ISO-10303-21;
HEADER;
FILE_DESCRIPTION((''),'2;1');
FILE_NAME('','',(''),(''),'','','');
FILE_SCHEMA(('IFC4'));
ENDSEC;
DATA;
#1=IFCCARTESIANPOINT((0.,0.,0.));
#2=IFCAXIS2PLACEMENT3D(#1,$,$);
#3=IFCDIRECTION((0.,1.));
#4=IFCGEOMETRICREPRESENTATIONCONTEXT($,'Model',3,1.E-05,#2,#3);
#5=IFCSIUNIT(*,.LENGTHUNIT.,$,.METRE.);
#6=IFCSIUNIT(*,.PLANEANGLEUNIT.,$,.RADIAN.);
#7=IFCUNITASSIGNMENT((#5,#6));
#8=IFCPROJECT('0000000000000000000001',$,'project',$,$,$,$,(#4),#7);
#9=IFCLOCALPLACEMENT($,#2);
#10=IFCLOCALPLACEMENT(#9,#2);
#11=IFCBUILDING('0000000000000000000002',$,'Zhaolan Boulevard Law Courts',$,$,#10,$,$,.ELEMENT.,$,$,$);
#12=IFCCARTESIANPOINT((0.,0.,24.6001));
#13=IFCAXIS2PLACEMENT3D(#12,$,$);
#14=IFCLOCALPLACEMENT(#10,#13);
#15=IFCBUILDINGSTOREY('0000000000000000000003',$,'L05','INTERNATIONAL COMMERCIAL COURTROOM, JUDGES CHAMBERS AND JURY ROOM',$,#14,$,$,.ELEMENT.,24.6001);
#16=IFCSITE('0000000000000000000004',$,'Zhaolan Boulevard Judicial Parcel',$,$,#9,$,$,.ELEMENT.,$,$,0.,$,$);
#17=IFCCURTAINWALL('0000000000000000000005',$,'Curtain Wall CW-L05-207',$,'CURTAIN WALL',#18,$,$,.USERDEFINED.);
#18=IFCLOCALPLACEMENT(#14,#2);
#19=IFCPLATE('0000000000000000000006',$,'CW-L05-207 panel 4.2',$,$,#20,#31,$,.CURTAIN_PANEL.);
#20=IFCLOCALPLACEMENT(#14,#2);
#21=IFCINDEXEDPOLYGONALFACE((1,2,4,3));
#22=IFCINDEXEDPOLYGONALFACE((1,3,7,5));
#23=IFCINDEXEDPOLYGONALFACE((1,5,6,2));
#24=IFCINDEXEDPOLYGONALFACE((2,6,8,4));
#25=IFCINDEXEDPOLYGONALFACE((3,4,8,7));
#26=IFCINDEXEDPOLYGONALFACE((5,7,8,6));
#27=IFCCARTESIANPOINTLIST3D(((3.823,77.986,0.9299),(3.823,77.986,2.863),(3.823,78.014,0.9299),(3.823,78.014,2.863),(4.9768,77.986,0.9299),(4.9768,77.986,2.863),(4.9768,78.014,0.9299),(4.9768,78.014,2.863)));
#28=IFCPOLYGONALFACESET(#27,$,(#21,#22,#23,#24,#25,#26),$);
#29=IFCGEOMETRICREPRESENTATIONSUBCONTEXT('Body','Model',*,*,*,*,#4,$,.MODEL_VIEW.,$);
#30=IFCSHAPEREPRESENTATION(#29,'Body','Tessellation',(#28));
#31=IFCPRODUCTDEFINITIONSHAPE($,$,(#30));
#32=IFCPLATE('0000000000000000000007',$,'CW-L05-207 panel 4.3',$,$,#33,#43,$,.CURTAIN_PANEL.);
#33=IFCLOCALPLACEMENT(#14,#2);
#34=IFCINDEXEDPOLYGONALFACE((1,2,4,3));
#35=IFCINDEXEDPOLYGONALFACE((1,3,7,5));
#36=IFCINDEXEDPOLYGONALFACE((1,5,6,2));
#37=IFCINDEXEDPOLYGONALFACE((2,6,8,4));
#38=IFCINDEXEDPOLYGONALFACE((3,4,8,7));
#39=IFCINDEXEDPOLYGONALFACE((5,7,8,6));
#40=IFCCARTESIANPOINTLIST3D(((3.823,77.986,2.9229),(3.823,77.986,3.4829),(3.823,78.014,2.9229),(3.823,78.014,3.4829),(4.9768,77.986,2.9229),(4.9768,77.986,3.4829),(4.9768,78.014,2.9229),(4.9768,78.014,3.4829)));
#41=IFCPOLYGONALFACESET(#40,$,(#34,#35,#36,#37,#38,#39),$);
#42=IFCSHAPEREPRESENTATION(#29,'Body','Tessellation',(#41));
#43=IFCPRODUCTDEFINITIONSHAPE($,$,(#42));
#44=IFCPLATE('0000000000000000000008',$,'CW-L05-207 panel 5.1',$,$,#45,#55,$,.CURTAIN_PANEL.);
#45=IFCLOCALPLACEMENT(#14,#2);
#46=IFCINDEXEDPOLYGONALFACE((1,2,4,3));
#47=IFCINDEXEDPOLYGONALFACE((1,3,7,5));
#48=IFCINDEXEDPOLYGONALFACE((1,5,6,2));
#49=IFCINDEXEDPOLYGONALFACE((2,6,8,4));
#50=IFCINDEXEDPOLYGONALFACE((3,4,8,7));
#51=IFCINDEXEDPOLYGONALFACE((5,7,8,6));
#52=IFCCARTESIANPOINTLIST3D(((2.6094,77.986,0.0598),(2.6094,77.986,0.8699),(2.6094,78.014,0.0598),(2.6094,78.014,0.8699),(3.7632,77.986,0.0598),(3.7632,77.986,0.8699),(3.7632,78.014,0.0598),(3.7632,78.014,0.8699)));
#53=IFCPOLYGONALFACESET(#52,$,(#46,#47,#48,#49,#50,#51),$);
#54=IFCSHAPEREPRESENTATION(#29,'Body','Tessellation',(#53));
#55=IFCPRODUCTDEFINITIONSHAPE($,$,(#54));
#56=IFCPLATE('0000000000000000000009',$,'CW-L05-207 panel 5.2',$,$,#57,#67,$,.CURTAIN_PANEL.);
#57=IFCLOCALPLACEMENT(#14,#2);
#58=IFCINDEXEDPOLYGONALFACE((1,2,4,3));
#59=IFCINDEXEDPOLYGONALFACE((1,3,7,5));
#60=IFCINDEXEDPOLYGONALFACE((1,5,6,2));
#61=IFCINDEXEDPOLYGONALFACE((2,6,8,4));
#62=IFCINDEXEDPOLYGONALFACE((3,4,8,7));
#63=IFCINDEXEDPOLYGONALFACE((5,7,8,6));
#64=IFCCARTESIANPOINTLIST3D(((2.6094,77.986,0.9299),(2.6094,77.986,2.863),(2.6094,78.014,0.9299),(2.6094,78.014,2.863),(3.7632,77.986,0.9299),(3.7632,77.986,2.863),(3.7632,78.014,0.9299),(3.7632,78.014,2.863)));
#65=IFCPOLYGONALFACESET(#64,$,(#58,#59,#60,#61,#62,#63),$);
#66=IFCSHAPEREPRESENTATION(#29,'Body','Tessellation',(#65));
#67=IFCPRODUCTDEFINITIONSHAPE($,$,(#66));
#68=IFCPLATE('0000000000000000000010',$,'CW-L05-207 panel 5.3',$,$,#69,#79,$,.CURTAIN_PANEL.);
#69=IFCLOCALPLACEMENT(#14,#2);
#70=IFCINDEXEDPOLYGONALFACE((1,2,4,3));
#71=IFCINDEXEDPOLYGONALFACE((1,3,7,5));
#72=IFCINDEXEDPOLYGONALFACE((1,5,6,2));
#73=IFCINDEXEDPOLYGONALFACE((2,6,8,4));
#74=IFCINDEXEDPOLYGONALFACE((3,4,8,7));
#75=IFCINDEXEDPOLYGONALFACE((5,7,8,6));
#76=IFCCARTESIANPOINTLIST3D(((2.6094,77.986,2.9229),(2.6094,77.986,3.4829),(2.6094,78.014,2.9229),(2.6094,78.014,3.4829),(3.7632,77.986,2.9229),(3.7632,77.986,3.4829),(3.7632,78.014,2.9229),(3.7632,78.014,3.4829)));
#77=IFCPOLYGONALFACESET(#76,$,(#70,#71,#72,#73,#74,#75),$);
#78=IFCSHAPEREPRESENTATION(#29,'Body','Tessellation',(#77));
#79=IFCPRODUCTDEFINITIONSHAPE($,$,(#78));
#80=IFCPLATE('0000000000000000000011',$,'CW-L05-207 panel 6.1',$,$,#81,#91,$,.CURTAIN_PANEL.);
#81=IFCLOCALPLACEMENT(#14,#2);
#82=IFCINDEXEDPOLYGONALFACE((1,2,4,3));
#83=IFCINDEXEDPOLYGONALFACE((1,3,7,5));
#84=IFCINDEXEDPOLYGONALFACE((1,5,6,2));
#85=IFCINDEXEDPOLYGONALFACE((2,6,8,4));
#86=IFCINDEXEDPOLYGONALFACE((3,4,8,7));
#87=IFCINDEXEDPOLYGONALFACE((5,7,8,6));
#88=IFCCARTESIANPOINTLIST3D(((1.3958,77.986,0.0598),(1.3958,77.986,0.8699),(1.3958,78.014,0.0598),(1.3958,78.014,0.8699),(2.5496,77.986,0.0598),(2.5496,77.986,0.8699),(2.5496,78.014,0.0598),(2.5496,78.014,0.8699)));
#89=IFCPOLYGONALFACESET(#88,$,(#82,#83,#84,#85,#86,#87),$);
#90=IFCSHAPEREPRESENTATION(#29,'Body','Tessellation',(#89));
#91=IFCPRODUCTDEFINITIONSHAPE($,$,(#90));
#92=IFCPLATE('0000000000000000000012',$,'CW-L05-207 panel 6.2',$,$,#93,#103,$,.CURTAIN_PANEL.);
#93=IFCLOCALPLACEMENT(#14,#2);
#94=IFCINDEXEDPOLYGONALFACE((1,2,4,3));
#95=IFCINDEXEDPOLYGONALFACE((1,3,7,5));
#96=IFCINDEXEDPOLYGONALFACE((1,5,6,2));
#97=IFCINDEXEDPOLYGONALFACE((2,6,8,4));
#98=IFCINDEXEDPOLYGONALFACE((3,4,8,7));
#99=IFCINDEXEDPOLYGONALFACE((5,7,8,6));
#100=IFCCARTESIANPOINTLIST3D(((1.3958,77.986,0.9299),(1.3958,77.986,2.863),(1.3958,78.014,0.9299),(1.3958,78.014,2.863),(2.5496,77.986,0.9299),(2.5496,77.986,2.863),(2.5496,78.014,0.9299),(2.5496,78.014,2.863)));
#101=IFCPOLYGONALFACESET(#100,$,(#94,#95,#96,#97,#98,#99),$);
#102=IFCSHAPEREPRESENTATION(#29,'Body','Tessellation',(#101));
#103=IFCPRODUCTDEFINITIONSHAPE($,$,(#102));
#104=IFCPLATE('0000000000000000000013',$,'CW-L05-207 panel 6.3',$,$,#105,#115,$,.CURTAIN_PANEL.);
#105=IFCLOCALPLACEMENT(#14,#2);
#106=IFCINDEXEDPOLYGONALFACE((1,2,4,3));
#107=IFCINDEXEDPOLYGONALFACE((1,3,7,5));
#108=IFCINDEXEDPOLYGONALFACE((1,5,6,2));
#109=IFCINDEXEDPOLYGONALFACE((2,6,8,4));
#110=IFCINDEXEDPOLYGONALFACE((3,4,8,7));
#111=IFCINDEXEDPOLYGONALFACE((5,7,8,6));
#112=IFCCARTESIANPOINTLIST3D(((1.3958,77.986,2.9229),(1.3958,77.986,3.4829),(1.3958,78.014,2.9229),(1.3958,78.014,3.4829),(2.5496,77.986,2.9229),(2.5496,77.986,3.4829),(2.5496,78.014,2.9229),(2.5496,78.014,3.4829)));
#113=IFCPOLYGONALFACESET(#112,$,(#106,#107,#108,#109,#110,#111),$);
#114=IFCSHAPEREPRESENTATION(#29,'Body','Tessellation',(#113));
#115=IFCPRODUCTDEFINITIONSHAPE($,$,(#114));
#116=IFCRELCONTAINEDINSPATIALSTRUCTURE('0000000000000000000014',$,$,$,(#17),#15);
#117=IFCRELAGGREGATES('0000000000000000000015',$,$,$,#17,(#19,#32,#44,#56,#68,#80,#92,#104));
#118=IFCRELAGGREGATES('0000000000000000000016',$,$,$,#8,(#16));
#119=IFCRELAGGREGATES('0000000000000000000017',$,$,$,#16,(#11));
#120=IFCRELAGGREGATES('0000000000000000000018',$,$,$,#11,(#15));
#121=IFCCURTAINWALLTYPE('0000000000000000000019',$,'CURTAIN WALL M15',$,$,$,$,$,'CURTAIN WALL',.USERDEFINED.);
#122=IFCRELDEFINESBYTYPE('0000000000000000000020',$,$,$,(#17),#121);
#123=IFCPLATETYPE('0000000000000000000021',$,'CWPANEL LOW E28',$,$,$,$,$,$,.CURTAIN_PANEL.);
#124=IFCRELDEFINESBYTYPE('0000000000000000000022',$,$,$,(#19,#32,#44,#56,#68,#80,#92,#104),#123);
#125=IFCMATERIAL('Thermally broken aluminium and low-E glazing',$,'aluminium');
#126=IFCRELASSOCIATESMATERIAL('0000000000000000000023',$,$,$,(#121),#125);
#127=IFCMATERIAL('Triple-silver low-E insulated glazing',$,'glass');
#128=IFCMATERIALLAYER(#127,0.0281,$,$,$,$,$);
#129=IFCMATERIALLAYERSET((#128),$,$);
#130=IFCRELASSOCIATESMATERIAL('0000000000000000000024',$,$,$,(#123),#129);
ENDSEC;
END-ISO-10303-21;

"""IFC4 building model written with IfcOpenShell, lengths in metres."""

from ifc_helpers import new_model, si_unit, direction, frame, origin, origin_2d, place, context, subcontext, project, spatial, rectangle, extrude, material, layer, layer_set, type_object, element, aggregate, save


model = new_model("IFC4")

# Units and contexts
model_context = context("Model", 3, precision=1e-05, world=origin(), true_north=direction((0.0, 1.0)))
body_context = subcontext(model_context, "Body", "Model", "MODEL_VIEW")
ifc_project = project(units=[si_unit("LENGTHUNIT", "METRE"), si_unit("PLANEANGLEUNIT", "RADIAN")], contexts=[model_context])

# Site, building, storey
site_placement = place(None, origin())
site = spatial("IfcSite", under=ifc_project, at=site_placement, Name="Zhaolan Boulevard Judicial Parcel", CompositionType="ELEMENT", RefElevation=0.0)
building_placement = place(site_placement, origin())
building = spatial("IfcBuilding", under=site, at=building_placement, Name="Zhaolan Boulevard Law Courts", CompositionType="ELEMENT")
storey_placement = place(building_placement, frame((0.0, 0.0, 24.6001)))
storey = spatial("IfcBuildingStorey", under=building, at=storey_placement, Name="L05", Description="INTERNATIONAL COMMERCIAL COURTROOM, JUDGES CHAMBERS AND JURY ROOM", CompositionType="ELEMENT", Elevation=24.6001)

# Curtain wall, plates
ifc_material_1 = material(Name="Thermally broken aluminium and low-E glazing", Category="aluminium")
curtain_wall_type = type_object("IfcCurtainWallType", Name="CURTAIN WALL M15", ElementType="CURTAIN WALL", PredefinedType="USERDEFINED", material=ifc_material_1)
curtain_wall_placement = place(storey_placement, origin())
curtain_wall = element("IfcCurtainWall", 1, at=curtain_wall_placement, inside=storey, type_object=curtain_wall_type, Name="Curtain Wall CW-L05-207", ObjectType="CURTAIN WALL", PredefinedType="USERDEFINED")
ifc_material_2 = material(Name="Triple-silver low-E insulated glazing", Category="glass")
ifc_layer = layer(ifc_material_2, 0.0281)
ifc_layer_set = layer_set([ifc_layer])
plate_type = type_object("IfcPlateType", Name="CWPANEL LOW E28", PredefinedType="CURTAIN_PANEL", material=ifc_layer_set)
plate_1_placement = place(storey_placement, frame((4.3999, 78.0, 0.9299), z_axis=(0.0, 0.0, 1.0), x_axis=(-1.0, 0.0, 0.0)))
plate_1 = element("IfcPlate", 2, at=plate_1_placement, type_object=plate_type, Name="CW-L05-207 panel 4.2", PredefinedType="CURTAIN_PANEL", context=body_context, shape_type="SweptSolid", body=[
    extrude(rectangle(XDim=1.1538, YDim=0.0281, at=origin_2d()), origin(), (0.0, 0.0, 1.0), 1.9331),
])
plate_2_placement = place(storey_placement, frame((4.3999, 78.0, 2.9229), z_axis=(0.0, 0.0, 1.0), x_axis=(-1.0, 0.0, 0.0)))
plate_2 = element("IfcPlate", 3, at=plate_2_placement, type_object=plate_type, Name="CW-L05-207 panel 4.3", PredefinedType="CURTAIN_PANEL", context=body_context, shape_type="SweptSolid", body=[
    extrude(rectangle(XDim=1.1538, YDim=0.0281, at=origin_2d()), origin(), (0.0, 0.0, 1.0), 0.5601),
])
plate_3_placement = place(storey_placement, frame((3.1863, 78.0, 0.0598), z_axis=(0.0, 0.0, 1.0), x_axis=(-1.0, 0.0, 0.0)))
plate_3 = element("IfcPlate", 4, at=plate_3_placement, type_object=plate_type, Name="CW-L05-207 panel 5.1", PredefinedType="CURTAIN_PANEL", context=body_context, shape_type="SweptSolid", body=[
    extrude(rectangle(XDim=1.1538, YDim=0.0281, at=origin_2d()), origin(), (0.0, 0.0, 1.0), 0.8101),
])
plate_4_placement = place(storey_placement, frame((3.1863, 78.0, 0.9299), z_axis=(0.0, 0.0, 1.0), x_axis=(-1.0, 0.0, 0.0)))
plate_4 = element("IfcPlate", 5, at=plate_4_placement, type_object=plate_type, Name="CW-L05-207 panel 5.2", PredefinedType="CURTAIN_PANEL", context=body_context, shape_type="SweptSolid", body=[
    extrude(rectangle(XDim=1.1538, YDim=0.0281, at=origin_2d()), origin(), (0.0, 0.0, 1.0), 1.9331),
])
plate_5_placement = place(storey_placement, frame((3.1863, 78.0, 2.9229), z_axis=(0.0, 0.0, 1.0), x_axis=(-1.0, 0.0, 0.0)))
plate_5 = element("IfcPlate", 6, at=plate_5_placement, type_object=plate_type, Name="CW-L05-207 panel 5.3", PredefinedType="CURTAIN_PANEL", context=body_context, shape_type="SweptSolid", body=[
    extrude(rectangle(XDim=1.1538, YDim=0.0281, at=origin_2d()), origin(), (0.0, 0.0, 1.0), 0.5601),
])
plate_6_placement = place(storey_placement, frame((1.9727, 78.0, 0.0598), z_axis=(0.0, 0.0, 1.0), x_axis=(-1.0, 0.0, 0.0)))
plate_6 = element("IfcPlate", 7, at=plate_6_placement, type_object=plate_type, Name="CW-L05-207 panel 6.1", PredefinedType="CURTAIN_PANEL", context=body_context, shape_type="SweptSolid", body=[
    extrude(rectangle(XDim=1.1538, YDim=0.0281, at=origin_2d()), origin(), (0.0, 0.0, 1.0), 0.8101),
])
plate_7_placement = place(storey_placement, frame((1.9727, 78.0, 0.9299), z_axis=(0.0, 0.0, 1.0), x_axis=(-1.0, 0.0, 0.0)))
plate_7 = element("IfcPlate", 8, at=plate_7_placement, type_object=plate_type, Name="CW-L05-207 panel 6.2", PredefinedType="CURTAIN_PANEL", context=body_context, shape_type="SweptSolid", body=[
    extrude(rectangle(XDim=1.1538, YDim=0.0281, at=origin_2d()), origin(), (0.0, 0.0, 1.0), 1.9331),
])
plate_8_placement = place(storey_placement, frame((1.9727, 78.0, 2.9229), z_axis=(0.0, 0.0, 1.0), x_axis=(-1.0, 0.0, 0.0)))
plate_8 = element("IfcPlate", 9, at=plate_8_placement, type_object=plate_type, Name="CW-L05-207 panel 6.3", PredefinedType="CURTAIN_PANEL", context=body_context, shape_type="SweptSolid", body=[
    extrude(rectangle(XDim=1.1538, YDim=0.0281, at=origin_2d()), origin(), (0.0, 0.0, 1.0), 0.5601),
])
aggregate(curtain_wall, [plate_1, plate_2, plate_3, plate_4, plate_5, plate_6, plate_7, plate_8])

save(model, "model.ifc")
